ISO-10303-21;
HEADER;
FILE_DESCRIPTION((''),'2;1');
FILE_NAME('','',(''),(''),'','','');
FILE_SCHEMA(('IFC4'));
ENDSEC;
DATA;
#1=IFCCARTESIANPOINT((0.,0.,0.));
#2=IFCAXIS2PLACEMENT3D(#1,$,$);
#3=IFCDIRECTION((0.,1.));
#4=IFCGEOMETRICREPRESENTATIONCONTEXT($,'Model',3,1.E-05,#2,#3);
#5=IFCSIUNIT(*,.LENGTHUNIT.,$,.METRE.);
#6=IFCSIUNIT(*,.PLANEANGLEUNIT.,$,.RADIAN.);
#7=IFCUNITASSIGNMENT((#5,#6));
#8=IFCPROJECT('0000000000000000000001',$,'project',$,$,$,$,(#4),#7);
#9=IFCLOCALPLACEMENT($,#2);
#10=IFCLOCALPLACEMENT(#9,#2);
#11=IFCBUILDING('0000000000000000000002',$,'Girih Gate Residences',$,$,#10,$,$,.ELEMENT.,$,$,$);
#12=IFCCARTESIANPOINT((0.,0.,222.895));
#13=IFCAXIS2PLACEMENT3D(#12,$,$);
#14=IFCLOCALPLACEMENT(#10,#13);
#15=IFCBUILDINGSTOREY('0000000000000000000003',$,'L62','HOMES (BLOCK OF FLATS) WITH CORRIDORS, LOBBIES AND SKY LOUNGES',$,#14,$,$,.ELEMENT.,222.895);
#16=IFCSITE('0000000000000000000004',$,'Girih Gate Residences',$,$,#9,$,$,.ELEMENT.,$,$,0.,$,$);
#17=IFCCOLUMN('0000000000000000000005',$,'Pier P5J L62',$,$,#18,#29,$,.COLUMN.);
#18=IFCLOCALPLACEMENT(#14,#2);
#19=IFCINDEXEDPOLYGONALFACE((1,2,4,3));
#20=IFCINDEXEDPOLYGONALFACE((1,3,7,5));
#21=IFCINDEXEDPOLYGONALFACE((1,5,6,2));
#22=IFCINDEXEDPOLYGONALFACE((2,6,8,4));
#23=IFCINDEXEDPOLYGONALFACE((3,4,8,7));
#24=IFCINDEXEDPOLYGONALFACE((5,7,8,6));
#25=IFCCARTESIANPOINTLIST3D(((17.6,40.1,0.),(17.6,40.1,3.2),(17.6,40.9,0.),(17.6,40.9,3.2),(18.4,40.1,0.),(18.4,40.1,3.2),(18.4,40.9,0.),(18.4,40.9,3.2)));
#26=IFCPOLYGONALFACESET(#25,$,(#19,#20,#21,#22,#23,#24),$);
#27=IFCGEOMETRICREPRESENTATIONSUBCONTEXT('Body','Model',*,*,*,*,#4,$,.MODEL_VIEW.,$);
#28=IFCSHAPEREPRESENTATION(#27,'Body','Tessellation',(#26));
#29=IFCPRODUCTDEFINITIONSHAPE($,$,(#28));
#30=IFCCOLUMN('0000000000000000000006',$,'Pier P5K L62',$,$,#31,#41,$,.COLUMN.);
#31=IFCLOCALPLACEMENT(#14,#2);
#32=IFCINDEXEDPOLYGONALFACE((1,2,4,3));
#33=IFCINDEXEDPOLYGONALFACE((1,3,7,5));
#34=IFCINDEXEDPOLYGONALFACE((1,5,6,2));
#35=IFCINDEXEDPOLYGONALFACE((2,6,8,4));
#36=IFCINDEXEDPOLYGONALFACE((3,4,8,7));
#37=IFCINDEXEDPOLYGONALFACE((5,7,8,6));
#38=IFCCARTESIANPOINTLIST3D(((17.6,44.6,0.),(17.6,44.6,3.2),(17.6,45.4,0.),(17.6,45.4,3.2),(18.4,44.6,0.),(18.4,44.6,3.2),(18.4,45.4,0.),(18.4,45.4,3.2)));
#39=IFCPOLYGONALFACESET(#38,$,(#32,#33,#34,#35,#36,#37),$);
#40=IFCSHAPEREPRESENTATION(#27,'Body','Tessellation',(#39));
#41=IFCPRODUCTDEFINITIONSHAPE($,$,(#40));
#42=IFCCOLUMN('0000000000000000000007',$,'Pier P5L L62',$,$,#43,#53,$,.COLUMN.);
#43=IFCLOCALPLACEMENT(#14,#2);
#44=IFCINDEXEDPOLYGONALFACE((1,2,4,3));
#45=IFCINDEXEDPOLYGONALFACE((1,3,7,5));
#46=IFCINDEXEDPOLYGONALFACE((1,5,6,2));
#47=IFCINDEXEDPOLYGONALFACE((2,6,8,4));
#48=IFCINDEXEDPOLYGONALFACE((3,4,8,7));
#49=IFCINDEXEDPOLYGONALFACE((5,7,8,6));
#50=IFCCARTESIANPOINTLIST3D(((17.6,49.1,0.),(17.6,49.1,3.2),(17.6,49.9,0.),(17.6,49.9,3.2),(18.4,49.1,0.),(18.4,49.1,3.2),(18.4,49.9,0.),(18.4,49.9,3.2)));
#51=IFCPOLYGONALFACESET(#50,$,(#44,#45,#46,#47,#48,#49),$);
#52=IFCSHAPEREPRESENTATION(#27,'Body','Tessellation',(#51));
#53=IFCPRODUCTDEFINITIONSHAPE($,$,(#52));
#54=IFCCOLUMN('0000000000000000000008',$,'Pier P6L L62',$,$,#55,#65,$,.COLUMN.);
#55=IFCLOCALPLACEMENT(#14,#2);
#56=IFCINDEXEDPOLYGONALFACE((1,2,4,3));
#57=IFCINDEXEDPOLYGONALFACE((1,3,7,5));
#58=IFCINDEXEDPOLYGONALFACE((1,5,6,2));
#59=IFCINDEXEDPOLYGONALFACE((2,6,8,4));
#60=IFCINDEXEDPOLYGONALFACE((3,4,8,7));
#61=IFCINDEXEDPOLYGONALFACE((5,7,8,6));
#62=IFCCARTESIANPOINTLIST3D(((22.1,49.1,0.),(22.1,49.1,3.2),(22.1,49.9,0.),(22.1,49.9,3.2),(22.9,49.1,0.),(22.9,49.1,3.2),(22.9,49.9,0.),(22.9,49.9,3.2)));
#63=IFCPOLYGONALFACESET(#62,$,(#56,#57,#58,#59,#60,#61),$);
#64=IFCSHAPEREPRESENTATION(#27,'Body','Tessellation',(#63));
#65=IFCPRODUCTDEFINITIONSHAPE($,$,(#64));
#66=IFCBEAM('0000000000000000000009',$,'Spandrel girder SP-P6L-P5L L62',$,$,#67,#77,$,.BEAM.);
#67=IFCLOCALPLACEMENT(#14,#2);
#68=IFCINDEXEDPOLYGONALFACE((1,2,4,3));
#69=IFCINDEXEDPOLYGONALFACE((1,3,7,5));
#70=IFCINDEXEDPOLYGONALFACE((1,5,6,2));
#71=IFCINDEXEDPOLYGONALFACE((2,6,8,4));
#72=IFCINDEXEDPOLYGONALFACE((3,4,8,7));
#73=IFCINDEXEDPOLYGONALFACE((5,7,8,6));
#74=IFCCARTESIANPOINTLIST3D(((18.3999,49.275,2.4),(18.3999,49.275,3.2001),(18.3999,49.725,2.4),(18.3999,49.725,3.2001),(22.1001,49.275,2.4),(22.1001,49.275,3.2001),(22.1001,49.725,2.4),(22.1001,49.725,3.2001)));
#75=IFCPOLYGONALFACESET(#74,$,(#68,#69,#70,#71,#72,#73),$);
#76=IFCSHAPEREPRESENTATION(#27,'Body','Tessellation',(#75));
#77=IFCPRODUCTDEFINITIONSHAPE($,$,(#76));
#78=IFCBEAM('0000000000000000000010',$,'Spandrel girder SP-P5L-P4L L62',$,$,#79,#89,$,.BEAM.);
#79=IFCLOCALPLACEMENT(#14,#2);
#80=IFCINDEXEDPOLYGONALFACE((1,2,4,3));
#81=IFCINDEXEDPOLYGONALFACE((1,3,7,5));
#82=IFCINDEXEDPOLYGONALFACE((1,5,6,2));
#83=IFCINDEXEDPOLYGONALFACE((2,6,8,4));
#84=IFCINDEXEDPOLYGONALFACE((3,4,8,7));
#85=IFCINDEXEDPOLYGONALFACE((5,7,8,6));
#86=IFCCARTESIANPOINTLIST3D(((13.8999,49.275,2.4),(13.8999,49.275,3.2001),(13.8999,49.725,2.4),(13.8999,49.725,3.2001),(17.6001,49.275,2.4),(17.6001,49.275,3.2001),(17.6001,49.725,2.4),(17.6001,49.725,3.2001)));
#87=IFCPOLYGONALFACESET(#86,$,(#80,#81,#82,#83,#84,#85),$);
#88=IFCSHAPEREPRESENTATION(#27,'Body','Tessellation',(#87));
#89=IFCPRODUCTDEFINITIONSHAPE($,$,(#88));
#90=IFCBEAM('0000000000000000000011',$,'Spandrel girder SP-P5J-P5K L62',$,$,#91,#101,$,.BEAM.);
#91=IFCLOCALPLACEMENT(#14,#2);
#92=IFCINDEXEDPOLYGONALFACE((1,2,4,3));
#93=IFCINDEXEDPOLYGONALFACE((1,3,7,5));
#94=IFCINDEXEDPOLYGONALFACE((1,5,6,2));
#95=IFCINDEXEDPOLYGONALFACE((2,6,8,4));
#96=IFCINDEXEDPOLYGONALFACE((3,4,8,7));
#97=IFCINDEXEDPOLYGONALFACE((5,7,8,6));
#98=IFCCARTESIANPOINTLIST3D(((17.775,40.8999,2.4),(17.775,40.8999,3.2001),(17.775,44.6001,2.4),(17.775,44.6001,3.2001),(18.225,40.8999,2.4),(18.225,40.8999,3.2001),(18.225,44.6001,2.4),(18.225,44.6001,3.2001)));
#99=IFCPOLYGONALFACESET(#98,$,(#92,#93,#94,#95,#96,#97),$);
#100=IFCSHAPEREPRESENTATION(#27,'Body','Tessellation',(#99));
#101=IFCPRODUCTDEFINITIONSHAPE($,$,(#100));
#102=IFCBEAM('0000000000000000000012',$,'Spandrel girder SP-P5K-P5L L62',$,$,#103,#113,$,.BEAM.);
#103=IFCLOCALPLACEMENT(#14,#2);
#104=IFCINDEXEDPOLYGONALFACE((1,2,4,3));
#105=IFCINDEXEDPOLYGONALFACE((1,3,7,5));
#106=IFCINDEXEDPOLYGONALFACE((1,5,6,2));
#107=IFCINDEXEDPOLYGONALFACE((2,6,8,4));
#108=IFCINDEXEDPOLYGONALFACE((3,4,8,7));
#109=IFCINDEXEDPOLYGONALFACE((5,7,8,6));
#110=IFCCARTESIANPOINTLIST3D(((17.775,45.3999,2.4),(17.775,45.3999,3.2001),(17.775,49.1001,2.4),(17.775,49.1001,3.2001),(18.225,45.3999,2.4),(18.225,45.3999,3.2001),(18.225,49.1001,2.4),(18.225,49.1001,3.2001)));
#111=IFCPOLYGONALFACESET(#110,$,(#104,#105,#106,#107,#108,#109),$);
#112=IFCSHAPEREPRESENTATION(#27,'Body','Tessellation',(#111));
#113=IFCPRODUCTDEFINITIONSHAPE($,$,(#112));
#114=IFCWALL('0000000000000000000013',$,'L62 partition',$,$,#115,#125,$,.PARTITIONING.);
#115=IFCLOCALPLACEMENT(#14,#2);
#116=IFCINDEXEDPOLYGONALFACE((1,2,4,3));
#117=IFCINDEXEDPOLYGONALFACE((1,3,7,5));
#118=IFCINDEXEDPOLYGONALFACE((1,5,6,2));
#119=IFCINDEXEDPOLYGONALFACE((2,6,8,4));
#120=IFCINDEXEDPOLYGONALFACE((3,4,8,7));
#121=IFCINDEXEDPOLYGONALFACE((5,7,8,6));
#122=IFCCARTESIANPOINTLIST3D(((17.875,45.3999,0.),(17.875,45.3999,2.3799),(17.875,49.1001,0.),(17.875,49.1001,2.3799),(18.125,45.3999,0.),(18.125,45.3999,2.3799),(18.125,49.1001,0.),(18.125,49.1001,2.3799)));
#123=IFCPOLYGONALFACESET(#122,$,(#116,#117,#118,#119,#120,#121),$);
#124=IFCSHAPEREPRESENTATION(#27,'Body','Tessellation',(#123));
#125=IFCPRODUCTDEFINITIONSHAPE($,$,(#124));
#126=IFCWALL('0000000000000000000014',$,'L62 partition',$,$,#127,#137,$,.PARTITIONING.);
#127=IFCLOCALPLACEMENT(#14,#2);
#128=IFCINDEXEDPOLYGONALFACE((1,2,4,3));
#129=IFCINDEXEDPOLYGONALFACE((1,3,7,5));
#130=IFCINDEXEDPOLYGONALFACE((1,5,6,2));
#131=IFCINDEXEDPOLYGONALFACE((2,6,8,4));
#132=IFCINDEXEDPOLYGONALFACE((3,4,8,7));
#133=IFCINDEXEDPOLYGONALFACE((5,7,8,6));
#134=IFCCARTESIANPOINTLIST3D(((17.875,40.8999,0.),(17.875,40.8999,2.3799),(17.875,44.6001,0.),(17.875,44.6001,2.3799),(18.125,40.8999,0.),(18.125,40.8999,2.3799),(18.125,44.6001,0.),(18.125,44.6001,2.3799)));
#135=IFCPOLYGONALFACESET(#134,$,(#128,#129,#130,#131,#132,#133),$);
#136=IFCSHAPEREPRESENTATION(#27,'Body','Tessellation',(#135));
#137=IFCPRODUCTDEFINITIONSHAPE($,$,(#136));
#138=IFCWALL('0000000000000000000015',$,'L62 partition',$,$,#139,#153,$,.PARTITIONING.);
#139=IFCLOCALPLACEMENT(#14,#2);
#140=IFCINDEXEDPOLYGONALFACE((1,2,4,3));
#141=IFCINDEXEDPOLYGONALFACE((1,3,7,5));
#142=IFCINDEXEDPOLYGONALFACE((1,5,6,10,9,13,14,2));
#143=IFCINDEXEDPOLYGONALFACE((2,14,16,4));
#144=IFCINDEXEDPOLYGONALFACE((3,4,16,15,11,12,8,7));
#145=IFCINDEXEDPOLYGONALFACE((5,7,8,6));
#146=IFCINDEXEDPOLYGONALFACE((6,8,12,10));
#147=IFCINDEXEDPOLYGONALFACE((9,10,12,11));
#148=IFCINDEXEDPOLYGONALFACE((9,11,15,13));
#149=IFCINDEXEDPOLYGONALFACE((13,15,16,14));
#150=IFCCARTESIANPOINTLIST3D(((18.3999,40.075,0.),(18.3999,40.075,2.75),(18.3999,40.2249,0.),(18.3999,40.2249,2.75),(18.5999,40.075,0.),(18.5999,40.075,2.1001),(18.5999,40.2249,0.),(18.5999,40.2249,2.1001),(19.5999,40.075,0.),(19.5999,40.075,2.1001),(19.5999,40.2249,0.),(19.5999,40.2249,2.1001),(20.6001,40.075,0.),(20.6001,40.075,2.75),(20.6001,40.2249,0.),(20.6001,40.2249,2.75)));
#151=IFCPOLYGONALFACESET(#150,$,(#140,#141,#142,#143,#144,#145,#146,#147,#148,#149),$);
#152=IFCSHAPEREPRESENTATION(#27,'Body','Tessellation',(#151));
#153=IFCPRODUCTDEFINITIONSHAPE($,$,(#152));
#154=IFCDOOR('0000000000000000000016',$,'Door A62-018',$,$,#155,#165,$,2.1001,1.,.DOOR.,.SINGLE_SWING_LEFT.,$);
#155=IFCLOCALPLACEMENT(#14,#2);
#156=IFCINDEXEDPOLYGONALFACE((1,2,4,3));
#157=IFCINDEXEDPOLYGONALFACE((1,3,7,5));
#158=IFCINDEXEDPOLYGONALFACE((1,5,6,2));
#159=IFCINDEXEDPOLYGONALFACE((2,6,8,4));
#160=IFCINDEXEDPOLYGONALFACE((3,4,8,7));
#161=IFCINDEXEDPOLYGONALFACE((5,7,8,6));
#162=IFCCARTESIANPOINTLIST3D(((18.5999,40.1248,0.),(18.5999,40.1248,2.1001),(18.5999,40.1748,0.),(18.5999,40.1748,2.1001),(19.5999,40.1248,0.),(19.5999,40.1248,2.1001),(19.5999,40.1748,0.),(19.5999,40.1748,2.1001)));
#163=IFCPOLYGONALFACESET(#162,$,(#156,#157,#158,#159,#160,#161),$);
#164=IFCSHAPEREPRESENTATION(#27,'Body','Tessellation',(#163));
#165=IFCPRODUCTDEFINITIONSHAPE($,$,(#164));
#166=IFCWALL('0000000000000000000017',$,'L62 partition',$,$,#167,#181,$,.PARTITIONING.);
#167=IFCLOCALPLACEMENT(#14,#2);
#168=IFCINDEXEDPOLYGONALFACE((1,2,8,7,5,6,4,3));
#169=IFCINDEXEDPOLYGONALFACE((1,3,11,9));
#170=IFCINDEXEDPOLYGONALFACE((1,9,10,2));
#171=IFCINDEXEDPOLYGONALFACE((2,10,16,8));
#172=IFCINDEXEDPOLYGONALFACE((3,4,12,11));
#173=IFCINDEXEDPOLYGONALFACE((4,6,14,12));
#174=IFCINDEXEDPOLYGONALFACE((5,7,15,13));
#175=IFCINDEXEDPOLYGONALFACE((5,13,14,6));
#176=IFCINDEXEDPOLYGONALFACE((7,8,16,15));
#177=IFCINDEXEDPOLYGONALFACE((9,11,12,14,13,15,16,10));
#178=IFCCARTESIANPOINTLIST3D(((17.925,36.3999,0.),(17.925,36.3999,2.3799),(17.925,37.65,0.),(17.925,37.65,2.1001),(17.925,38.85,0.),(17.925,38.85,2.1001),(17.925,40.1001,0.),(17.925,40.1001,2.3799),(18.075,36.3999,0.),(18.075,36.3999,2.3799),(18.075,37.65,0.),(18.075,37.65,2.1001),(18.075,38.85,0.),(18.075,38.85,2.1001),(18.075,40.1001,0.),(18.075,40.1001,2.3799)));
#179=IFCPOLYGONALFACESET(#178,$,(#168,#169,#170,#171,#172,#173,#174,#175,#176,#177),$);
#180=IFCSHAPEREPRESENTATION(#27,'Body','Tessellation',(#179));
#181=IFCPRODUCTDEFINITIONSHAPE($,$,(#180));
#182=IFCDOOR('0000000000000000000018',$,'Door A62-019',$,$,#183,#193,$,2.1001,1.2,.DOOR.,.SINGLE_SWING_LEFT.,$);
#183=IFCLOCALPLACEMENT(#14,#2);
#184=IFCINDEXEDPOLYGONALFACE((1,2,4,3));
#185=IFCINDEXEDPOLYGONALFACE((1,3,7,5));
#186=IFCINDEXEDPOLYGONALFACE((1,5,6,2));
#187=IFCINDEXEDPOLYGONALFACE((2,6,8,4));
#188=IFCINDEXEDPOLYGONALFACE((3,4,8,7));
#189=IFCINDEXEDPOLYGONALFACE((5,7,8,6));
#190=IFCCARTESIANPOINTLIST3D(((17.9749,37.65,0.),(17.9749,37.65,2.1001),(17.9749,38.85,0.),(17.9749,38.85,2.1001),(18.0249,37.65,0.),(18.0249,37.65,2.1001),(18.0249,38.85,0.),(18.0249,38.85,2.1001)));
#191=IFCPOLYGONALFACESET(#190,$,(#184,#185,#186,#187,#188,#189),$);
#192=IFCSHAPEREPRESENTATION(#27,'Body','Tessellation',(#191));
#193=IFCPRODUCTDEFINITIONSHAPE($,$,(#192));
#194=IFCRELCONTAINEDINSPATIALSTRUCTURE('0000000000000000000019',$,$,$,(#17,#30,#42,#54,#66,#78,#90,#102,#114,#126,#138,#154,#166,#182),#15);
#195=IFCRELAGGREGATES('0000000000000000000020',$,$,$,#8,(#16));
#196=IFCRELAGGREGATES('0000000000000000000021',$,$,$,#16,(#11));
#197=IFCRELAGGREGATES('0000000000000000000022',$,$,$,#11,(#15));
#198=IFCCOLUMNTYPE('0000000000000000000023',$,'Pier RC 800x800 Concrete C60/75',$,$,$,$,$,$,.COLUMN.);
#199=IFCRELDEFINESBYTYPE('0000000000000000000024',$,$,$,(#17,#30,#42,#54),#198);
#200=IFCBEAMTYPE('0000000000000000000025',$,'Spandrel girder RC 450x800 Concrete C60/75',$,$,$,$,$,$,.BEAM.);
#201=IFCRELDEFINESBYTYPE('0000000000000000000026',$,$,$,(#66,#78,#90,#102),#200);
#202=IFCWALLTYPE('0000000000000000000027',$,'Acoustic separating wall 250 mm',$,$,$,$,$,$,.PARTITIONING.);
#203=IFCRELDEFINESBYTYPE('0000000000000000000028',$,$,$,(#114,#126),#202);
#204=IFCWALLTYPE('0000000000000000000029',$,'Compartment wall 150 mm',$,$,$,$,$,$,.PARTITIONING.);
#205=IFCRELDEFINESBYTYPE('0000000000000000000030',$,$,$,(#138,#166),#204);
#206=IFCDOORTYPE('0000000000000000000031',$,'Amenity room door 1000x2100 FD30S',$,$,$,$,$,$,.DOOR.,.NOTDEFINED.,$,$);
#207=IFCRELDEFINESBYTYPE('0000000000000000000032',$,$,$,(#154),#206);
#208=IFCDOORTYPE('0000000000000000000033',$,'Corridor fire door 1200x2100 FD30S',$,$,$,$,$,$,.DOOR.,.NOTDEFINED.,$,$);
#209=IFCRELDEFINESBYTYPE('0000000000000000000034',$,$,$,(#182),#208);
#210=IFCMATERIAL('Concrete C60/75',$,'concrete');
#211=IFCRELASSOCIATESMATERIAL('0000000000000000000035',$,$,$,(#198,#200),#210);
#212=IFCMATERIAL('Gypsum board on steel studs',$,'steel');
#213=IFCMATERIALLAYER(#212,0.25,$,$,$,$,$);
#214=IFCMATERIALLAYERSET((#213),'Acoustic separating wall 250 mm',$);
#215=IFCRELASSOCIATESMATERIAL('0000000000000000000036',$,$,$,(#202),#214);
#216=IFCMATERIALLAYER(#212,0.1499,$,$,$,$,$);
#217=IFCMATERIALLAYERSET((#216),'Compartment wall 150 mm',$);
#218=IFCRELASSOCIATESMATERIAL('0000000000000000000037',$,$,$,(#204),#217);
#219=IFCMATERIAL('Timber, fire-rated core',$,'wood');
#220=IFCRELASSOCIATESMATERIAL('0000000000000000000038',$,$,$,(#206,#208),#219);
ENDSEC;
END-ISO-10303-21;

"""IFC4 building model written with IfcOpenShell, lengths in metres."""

from ifc_helpers import new_model, si_unit, direction, frame, frame_2d, origin, origin_2d, place, context, subcontext, project, spatial, rectangle, extrude, material, layer, layer_set, material_profile, profile_set, type_object, element, fill, save


model = new_model("IFC4")

# Units and contexts
model_context = context("Model", 3, precision=1e-05, world=origin(), true_north=direction((0.0, 1.0)))
body_context = subcontext(model_context, "Body", "Model", "MODEL_VIEW")
ifc_project = project(units=[si_unit("LENGTHUNIT", "METRE"), si_unit("PLANEANGLEUNIT", "RADIAN")], contexts=[model_context])

# Site, building, storey
site_placement = place(None, origin())
site = spatial("IfcSite", under=ifc_project, at=site_placement, Name="Girih Gate Residences", CompositionType="ELEMENT", RefElevation=0.0)
building_placement = place(site_placement, origin())
building = spatial("IfcBuilding", under=site, at=building_placement, Name="Girih Gate Residences", CompositionType="ELEMENT")
storey_placement = place(building_placement, frame((0.0, 0.0, 222.895)))
storey = spatial("IfcBuildingStorey", under=building, at=storey_placement, Name="L62", Description="HOMES (BLOCK OF FLATS) WITH CORRIDORS, LOBBIES AND SKY LOUNGES", CompositionType="ELEMENT", Elevation=222.895)

# Columns
ifc_material_1 = material(Name="Concrete C60/75", Category="concrete")
ifc_material_profile_1 = material_profile(ifc_material_1, rectangle(XDim=0.8, YDim=0.8, at=origin_2d()))
ifc_profile_set_1 = profile_set([ifc_material_profile_1], Name="Concrete C60/75")
column_type = type_object("IfcColumnType", Name="Pier RC 800x800 Concrete C60/75", PredefinedType="COLUMN", material=ifc_profile_set_1)
for number, where, z_axis, x_axis, name in (
    (1, (18.0, 40.5, 0.0), (0.0, 0.0, 1.0), (1.0, 0.0, 0.0), "Pier P5J L62"),
    (2, (18.0, 45.0, 0.0), (0.0, 0.0, 1.0), (1.0, 0.0, 0.0), "Pier P5K L62"),
    (3, (18.0, 49.5, 0.0), (0.0, 0.0, 1.0), (1.0, 0.0, 0.0), "Pier P5L L62"),
    (4, (22.5, 49.5, 0.0), (0.0, 0.0, 1.0), (1.0, 0.0, 0.0), "Pier P6L L62"),
):
    element("IfcColumn", number, at=place(storey_placement, frame(where, z_axis=z_axis, x_axis=x_axis)), inside=storey, type_object=column_type, Name=name, PredefinedType="COLUMN", context=body_context, shape_type="SweptSolid", body=[
        extrude(rectangle(XDim=0.8, YDim=0.8, at=origin_2d()), origin(), (0.0, 0.0, 1.0), 3.2),
    ])

# Beams
ifc_material_profile_2 = material_profile(ifc_material_1, rectangle(XDim=0.45, YDim=0.8, at=origin_2d()))
ifc_profile_set_2 = profile_set([ifc_material_profile_2], Name="Concrete C60/75")
beam_type = type_object("IfcBeamType", Name="Spandrel girder RC 450x800 Concrete C60/75", PredefinedType="BEAM", material=ifc_profile_set_2)
for number, where, z_axis, x_axis, name in (
    (5, (22.1001, 49.5, 2.8), (-1.0, 0.0, 0.0), (0.0, -1.0, 0.0), "Spandrel girder SP-P6L-P5L L62"),
    (6, (17.6001, 49.5, 2.8), (-1.0, 0.0, 0.0), (0.0, -1.0, 0.0), "Spandrel girder SP-P5L-P4L L62"),
    (7, (18.0, 40.8999, 2.8), (0.0, 1.0, 0.0), (-1.0, 0.0, 0.0), "Spandrel girder SP-P5J-P5K L62"),
    (8, (18.0, 45.3999, 2.8), (0.0, 1.0, 0.0), (-1.0, 0.0, 0.0), "Spandrel girder SP-P5K-P5L L62"),
):
    element("IfcBeam", number, at=place(storey_placement, frame(where, z_axis=z_axis, x_axis=x_axis)), inside=storey, type_object=beam_type, Name=name, PredefinedType="BEAM", context=body_context, shape_type="SweptSolid", body=[
        extrude(rectangle(XDim=0.45, YDim=0.8, at=origin_2d()), origin(), (0.0, 0.0, 1.0), 3.7002),
    ])

# Walls
ifc_material_2 = material(Name="Gypsum board on steel studs", Category="steel")
ifc_layer_1 = layer(ifc_material_2, 0.25)
ifc_layer_set_1 = layer_set([ifc_layer_1], Name="Acoustic separating wall 250 mm")
wall_type_1 = type_object("IfcWallType", Name="Acoustic separating wall 250 mm", PredefinedType="PARTITIONING", material=ifc_layer_set_1)
for number, where, z_axis, x_axis, name in (
    (9, (18.0, 45.3999, 0.0), (0.0, 0.0, 1.0), (0.0, 1.0, 0.0), "L62 partition"),
    (10, (18.0, 40.8999, 0.0), (0.0, 0.0, 1.0), (0.0, 1.0, 0.0), "L62 partition"),
):
    element("IfcWall", number, at=place(storey_placement, frame(where, z_axis=z_axis, x_axis=x_axis)), inside=storey, type_object=wall_type_1, Name=name, PredefinedType="PARTITIONING", context=body_context, shape_type="SweptSolid", body=[
        extrude(rectangle(XDim=3.7002, YDim=0.25, at=frame_2d((1.8501, 0.0))), origin(), (0.0, 0.0, 1.0), 2.3799),
    ])

# Walls, openings, doors
ifc_layer_2 = layer(ifc_material_2, 0.1499)
ifc_layer_set_2 = layer_set([ifc_layer_2], Name="Compartment wall 150 mm")
wall_type_2 = type_object("IfcWallType", Name="Compartment wall 150 mm", PredefinedType="PARTITIONING", material=ifc_layer_set_2)
ifc_material_3 = material(Name="Timber, fire-rated core", Category="wood")
wall_1_placement = place(storey_placement, frame((18.3999, 40.1499, 0.0), z_axis=(0.0, 0.0, 1.0), x_axis=(1.0, 0.0, 0.0)))
wall_1 = element("IfcWall", 11, at=wall_1_placement, inside=storey, type_object=wall_type_2, Name="L62 partition", PredefinedType="PARTITIONING", context=body_context, shape_type="SweptSolid", body=[
    extrude(rectangle(XDim=2.2002, YDim=0.1499, at=frame_2d((1.1001, 0.0))), origin(), (0.0, 0.0, 1.0), 2.75),
])
opening_1_placement = place(wall_1_placement, frame((0.2, 0.0, 0.0)))
opening_1 = element("IfcOpeningElement", 12, at=opening_1_placement, cuts=wall_1, PredefinedType="OPENING", context=body_context, shape_type="SweptSolid", body=[
    extrude(rectangle(XDim=1.0, YDim=2.1001, at=frame_2d((0.5, 1.05))), frame((0.0, 0.085, 0.0), z_axis=(0.0, -1.0, 0.0), x_axis=(1.0, 0.0, 0.0)), (0.0, 0.0, 1.0), 0.1699),
])
door_type_1 = type_object("IfcDoorType", Name="Amenity room door 1000x2100 FD30S", OperationType="NOTDEFINED", PredefinedType="DOOR", material=ifc_material_3)
door_1_placement = place(opening_1_placement, origin())
door_1 = element("IfcDoor", 13, at=door_1_placement, inside=storey, type_object=door_type_1, Name="Door A62-018", OperationType="SINGLE_SWING_LEFT", OverallHeight=2.1001, OverallWidth=1.0, PredefinedType="DOOR", context=body_context, shape_type="SweptSolid", body=[
    extrude(rectangle(XDim=1.0, YDim=2.1001, at=frame_2d((0.5, 1.05))), frame((0.0, 0.0249, 0.0), z_axis=(0.0, -1.0, 0.0), x_axis=(1.0, 0.0, 0.0)), (0.0, 0.0, 1.0), 0.05),
])
fill(opening_1, door_1)
wall_2_placement = place(storey_placement, frame((18.0, 40.1001, 0.0), z_axis=(0.0, 0.0, 1.0), x_axis=(0.0, -1.0, 0.0)))
wall_2 = element("IfcWall", 14, at=wall_2_placement, inside=storey, type_object=wall_type_2, Name="L62 partition", PredefinedType="PARTITIONING", context=body_context, shape_type="SweptSolid", body=[
    extrude(rectangle(XDim=3.7002, YDim=0.1499, at=frame_2d((1.8501, 0.0))), origin(), (0.0, 0.0, 1.0), 2.3799),
])
opening_2_placement = place(wall_2_placement, frame((1.25, 0.0, 0.0)))
opening_2 = element("IfcOpeningElement", 15, at=opening_2_placement, cuts=wall_2, PredefinedType="OPENING", context=body_context, shape_type="SweptSolid", body=[
    extrude(rectangle(XDim=1.2, YDim=2.1001, at=frame_2d((0.6001, 1.05))), frame((0.0, 0.085, 0.0), z_axis=(0.0, -1.0, 0.0), x_axis=(1.0, 0.0, 0.0)), (0.0, 0.0, 1.0), 0.1699),
])
door_type_2 = type_object("IfcDoorType", Name="Corridor fire door 1200x2100 FD30S", OperationType="NOTDEFINED", PredefinedType="DOOR", material=ifc_material_3)
door_2_placement = place(opening_2_placement, origin())
door_2 = element("IfcDoor", 16, at=door_2_placement, inside=storey, type_object=door_type_2, Name="Door A62-019", OperationType="SINGLE_SWING_LEFT", OverallHeight=2.1001, OverallWidth=1.2, PredefinedType="DOOR", context=body_context, shape_type="SweptSolid", body=[
    extrude(rectangle(XDim=1.2, YDim=2.1001, at=frame_2d((0.6001, 1.05))), frame((0.0, 0.0249, 0.0), z_axis=(0.0, -1.0, 0.0), x_axis=(1.0, 0.0, 0.0)), (0.0, 0.0, 1.0), 0.05),
])
fill(opening_2, door_2)

save(model, "model.ifc")
